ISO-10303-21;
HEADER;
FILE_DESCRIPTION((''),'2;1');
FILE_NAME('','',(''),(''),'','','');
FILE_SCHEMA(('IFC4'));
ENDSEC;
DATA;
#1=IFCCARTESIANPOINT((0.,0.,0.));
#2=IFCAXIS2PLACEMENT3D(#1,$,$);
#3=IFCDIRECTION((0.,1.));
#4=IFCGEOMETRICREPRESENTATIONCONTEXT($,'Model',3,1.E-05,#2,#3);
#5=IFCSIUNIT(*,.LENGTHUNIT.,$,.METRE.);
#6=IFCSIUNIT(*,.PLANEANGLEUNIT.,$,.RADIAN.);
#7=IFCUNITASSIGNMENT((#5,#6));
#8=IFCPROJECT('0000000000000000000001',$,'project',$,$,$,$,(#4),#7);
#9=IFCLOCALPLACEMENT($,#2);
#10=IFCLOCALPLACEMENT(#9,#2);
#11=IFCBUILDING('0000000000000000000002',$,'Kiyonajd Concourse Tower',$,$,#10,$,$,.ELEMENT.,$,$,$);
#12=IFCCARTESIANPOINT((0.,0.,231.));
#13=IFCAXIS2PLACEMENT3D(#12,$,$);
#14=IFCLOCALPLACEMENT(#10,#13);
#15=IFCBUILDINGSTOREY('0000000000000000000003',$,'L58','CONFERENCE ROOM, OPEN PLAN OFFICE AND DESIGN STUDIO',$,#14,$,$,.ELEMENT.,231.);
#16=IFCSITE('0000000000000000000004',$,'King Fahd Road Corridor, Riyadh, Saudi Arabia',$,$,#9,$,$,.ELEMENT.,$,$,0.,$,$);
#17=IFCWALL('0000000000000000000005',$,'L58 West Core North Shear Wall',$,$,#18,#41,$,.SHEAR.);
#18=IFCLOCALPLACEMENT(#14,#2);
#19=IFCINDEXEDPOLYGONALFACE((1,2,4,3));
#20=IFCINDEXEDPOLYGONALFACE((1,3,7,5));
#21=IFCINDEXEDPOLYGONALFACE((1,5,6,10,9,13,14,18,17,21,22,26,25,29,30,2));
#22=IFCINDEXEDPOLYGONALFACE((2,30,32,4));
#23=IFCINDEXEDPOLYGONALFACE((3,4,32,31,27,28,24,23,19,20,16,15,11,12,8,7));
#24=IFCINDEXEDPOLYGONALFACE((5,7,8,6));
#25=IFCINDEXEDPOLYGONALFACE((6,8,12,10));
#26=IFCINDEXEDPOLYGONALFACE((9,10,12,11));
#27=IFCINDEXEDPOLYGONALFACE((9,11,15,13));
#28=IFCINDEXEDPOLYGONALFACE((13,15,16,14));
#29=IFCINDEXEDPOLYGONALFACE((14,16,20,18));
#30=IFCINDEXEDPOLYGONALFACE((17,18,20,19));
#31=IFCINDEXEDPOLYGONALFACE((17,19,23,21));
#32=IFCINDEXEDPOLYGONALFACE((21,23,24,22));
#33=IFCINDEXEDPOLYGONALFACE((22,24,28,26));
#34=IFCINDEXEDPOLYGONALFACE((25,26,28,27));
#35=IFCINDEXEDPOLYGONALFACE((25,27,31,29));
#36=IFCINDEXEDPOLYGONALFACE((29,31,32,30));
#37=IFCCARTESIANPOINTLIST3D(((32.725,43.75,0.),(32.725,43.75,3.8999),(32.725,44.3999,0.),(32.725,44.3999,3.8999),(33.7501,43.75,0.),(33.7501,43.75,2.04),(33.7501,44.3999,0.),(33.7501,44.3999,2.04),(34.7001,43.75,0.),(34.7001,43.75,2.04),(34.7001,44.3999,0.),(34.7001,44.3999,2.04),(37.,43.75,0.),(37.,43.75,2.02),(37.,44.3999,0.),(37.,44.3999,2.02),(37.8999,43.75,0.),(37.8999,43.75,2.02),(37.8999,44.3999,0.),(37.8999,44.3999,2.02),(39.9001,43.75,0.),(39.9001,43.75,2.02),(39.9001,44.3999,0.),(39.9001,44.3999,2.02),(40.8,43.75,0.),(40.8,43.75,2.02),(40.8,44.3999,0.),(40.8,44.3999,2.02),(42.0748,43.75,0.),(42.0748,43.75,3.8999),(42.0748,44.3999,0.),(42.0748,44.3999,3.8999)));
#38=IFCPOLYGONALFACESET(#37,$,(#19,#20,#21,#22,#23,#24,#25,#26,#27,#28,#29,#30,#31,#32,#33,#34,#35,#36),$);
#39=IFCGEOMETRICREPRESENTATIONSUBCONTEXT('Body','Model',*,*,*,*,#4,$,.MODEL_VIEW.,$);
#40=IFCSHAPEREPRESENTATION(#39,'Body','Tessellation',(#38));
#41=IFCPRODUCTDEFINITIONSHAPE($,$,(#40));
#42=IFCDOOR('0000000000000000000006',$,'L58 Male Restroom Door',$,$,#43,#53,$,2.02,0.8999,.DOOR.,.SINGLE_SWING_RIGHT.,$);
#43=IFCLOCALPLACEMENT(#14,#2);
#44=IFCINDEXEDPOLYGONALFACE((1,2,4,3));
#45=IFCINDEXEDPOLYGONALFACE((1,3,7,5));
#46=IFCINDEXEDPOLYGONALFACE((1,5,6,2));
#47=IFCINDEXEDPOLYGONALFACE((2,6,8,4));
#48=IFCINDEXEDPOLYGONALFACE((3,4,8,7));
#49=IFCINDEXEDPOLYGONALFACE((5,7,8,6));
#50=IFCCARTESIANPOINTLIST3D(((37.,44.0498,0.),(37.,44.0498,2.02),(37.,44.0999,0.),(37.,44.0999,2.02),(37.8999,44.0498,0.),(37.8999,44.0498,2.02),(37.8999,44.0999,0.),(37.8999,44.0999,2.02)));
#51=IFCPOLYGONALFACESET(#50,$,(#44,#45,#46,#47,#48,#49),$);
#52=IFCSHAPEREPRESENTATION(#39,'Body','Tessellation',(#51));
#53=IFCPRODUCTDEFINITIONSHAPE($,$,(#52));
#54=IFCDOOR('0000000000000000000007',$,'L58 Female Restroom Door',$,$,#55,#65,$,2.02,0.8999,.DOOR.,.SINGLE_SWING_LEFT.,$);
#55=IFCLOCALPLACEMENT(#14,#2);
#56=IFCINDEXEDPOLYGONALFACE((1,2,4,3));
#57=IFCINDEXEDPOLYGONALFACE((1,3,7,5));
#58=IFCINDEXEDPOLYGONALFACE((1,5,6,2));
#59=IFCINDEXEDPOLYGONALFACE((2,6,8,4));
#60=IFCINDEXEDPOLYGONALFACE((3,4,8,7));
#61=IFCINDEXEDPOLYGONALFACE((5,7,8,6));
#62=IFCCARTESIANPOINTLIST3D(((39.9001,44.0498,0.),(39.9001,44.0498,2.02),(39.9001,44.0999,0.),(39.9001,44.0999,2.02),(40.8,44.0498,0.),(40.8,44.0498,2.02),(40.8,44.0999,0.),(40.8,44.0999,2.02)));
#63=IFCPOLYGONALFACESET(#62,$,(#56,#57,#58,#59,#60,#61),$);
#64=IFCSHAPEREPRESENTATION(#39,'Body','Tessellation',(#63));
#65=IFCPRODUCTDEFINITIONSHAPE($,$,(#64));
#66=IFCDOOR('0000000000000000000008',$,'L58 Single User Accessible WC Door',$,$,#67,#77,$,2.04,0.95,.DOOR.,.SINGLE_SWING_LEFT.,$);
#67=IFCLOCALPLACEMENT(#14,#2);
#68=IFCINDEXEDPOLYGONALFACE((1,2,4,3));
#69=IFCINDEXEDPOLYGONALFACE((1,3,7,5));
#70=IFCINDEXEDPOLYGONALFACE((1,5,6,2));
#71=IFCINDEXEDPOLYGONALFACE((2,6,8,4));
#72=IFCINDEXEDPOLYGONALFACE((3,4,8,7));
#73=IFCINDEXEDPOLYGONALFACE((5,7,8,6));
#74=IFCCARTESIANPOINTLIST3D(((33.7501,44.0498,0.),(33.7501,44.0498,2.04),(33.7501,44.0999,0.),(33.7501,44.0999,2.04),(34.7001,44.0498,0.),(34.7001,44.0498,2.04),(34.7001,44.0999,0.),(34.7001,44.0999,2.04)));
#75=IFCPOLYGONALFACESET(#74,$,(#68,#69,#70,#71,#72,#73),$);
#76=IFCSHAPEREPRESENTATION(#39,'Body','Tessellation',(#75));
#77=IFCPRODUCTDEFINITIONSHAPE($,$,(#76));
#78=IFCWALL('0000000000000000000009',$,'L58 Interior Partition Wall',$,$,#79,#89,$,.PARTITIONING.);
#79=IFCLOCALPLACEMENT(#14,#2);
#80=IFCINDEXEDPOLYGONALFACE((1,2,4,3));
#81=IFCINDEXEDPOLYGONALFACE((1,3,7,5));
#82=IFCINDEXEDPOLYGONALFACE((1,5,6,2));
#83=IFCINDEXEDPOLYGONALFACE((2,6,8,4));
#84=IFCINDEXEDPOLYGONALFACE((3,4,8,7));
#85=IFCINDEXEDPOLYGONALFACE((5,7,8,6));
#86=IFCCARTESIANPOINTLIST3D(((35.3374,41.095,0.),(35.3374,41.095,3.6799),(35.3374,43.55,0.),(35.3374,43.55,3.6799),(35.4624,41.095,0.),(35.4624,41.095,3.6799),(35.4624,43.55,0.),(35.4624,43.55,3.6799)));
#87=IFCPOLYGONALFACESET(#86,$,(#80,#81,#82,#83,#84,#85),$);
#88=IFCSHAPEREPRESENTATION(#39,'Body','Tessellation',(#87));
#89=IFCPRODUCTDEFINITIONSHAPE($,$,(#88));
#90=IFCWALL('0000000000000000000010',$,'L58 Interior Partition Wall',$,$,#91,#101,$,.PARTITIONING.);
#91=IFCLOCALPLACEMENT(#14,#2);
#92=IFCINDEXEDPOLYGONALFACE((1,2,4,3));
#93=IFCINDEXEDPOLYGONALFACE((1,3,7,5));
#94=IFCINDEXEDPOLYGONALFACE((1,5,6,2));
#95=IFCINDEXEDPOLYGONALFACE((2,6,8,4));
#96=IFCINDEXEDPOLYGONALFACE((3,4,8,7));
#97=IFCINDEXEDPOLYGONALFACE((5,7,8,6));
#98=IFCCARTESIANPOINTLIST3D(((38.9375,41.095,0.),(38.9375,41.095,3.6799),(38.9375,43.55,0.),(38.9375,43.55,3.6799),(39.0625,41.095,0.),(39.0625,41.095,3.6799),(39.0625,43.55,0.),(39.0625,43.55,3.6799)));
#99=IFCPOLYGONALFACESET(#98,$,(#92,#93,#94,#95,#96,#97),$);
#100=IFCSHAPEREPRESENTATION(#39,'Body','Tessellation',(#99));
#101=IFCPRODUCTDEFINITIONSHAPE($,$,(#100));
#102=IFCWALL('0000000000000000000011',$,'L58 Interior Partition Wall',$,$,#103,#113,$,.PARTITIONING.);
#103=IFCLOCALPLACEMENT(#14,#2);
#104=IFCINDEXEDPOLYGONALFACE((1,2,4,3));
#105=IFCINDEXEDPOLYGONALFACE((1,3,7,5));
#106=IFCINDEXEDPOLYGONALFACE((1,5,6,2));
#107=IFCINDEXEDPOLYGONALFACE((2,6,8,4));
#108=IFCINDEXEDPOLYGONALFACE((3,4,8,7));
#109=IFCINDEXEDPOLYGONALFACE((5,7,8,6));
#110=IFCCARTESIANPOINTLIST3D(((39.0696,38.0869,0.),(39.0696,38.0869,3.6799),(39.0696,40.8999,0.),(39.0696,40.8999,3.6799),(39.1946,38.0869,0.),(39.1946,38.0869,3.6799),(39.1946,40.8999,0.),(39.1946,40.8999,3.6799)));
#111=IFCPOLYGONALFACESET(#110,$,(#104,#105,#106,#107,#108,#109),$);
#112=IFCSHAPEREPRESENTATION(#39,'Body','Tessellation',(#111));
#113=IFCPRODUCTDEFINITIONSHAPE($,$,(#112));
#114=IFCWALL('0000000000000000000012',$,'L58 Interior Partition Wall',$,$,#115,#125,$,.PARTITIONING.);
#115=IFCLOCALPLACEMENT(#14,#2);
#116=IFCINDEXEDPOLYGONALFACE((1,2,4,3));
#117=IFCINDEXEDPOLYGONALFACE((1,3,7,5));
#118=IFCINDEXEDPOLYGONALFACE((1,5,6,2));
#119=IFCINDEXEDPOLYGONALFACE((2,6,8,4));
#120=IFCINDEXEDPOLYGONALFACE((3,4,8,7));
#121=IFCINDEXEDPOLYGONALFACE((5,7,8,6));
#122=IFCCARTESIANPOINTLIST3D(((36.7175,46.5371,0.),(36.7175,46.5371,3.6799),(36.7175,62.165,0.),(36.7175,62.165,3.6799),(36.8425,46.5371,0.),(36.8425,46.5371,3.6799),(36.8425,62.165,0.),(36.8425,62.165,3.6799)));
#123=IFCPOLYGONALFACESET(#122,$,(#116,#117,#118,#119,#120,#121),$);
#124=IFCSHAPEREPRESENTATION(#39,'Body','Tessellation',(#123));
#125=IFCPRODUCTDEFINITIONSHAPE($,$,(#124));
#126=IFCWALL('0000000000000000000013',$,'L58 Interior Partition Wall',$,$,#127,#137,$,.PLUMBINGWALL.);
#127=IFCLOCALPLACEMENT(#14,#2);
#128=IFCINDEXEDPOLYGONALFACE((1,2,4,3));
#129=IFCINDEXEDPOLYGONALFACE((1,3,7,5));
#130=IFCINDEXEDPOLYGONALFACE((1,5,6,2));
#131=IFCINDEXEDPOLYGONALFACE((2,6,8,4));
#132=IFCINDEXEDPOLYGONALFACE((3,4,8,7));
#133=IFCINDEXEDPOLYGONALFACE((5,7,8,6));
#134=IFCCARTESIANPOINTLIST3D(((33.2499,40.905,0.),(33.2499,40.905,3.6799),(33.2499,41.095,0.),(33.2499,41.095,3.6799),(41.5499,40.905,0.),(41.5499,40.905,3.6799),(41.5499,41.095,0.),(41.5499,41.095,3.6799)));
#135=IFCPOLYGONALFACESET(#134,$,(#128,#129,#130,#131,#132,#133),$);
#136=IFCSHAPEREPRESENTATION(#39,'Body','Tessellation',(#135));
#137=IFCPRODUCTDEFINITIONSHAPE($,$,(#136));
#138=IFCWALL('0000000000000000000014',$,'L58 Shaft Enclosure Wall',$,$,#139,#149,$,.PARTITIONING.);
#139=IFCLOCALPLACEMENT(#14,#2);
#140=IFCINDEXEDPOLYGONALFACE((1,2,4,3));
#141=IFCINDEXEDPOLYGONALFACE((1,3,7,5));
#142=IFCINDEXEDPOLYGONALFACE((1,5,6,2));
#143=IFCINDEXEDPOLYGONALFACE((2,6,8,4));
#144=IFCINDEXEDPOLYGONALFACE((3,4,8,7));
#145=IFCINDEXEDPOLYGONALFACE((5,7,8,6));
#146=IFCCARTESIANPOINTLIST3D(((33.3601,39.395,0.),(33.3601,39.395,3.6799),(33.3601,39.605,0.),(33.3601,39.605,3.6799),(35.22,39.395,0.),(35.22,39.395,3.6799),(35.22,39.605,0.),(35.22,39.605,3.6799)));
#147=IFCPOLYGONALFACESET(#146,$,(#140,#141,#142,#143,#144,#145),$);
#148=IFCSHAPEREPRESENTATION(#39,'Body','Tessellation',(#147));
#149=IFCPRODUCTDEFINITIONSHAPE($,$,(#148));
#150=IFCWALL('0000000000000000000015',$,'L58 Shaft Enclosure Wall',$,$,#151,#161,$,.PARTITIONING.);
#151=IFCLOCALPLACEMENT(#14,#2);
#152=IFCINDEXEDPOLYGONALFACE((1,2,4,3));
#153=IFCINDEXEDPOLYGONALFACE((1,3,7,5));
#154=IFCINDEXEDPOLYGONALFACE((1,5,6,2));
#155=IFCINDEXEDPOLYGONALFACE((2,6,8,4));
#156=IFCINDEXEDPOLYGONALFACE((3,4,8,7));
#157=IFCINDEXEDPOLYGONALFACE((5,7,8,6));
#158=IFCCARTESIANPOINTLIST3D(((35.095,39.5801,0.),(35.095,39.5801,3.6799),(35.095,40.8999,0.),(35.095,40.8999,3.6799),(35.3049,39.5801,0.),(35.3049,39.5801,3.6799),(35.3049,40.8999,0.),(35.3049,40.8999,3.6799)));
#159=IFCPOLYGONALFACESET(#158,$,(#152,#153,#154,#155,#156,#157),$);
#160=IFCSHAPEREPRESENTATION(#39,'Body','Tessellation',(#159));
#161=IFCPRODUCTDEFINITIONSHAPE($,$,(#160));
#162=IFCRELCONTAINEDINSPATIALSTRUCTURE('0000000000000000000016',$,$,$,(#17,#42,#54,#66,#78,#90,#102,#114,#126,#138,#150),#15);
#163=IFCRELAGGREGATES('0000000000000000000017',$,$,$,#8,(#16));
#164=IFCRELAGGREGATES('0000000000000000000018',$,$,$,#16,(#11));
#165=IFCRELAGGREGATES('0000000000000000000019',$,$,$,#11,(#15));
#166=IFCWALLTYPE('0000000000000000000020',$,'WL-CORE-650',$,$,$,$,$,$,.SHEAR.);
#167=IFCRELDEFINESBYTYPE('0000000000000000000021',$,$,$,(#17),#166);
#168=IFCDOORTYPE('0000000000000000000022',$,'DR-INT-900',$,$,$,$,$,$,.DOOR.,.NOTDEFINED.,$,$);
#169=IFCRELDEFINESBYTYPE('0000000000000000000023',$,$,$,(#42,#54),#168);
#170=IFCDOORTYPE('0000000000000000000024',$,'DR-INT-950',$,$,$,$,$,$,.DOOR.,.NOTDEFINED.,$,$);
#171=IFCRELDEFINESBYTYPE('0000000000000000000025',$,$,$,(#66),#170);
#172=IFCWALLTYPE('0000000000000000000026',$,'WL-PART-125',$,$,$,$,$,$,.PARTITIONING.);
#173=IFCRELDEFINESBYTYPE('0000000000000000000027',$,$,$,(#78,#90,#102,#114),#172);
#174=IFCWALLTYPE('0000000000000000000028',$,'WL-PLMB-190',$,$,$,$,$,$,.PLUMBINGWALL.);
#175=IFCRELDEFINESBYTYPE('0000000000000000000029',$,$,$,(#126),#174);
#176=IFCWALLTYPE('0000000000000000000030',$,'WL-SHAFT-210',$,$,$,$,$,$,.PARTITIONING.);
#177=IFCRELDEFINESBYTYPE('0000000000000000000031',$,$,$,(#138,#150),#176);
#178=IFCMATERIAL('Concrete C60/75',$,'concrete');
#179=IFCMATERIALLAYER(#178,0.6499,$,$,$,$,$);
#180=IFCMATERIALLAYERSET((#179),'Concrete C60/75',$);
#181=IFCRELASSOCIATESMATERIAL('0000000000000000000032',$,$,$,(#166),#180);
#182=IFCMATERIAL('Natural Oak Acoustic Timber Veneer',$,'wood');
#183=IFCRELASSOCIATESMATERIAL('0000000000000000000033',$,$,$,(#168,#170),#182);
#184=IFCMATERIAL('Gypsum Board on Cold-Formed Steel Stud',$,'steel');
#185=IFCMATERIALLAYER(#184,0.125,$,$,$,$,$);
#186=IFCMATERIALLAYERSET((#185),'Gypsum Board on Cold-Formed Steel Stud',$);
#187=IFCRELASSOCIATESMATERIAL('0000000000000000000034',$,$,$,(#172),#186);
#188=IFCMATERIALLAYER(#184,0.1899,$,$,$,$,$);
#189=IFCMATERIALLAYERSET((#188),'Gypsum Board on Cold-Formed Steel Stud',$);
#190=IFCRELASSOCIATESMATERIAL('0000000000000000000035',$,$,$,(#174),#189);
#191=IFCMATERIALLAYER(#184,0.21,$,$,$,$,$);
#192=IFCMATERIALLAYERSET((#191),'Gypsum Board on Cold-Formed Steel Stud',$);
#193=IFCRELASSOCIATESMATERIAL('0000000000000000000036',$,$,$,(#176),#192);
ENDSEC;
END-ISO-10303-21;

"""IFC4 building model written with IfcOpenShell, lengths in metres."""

from ifc_helpers import new_model, si_unit, direction, frame, frame_2d, origin, place, context, subcontext, project, spatial, rectangle, extrude, material, layer, layer_set, type_object, element, fill, save


model = new_model("IFC4")

# Units and contexts
model_context = context("Model", 3, precision=1e-05, world=origin(), true_north=direction((0.0, 1.0)))
body_context = subcontext(model_context, "Body", "Model", "MODEL_VIEW")
ifc_project = project(units=[si_unit("LENGTHUNIT", "METRE"), si_unit("PLANEANGLEUNIT", "RADIAN")], contexts=[model_context])

# Site, building, storey
site_placement = place(None, origin())
site = spatial("IfcSite", under=ifc_project, at=site_placement, Name="King Fahd Road Corridor, Riyadh, Saudi Arabia", CompositionType="ELEMENT", RefElevation=0.0)
building_placement = place(site_placement, origin())
building = spatial("IfcBuilding", under=site, at=building_placement, Name="Kiyonajd Concourse Tower", CompositionType="ELEMENT")
storey_placement = place(building_placement, frame((0.0, 0.0, 231.0)))
storey = spatial("IfcBuildingStorey", under=building, at=storey_placement, Name="L58", Description="CONFERENCE ROOM, OPEN PLAN OFFICE AND DESIGN STUDIO", CompositionType="ELEMENT", Elevation=231.0)

# Shared definitions
ifc_material_1 = material(Name="Concrete C60/75", Category="concrete")

# Shared definitions
ifc_layer_1 = layer(ifc_material_1, 0.6499)
ifc_layer_set_1 = layer_set([ifc_layer_1], Name="Concrete C60/75")
wall_type_1 = type_object("IfcWallType", Name="WL-CORE-650", PredefinedType="SHEAR", material=ifc_layer_set_1)

# Wall, openings, doors
wall_1_placement = place(storey_placement, frame((32.7251, 44.075, 0.0), z_axis=(0.0, 0.0, 1.0), x_axis=(1.0, 0.0, 0.0)))
wall_1 = element("IfcWall", 1, at=wall_1_placement, inside=storey, type_object=wall_type_1, Name="L58 West Core North Shear Wall", PredefinedType="SHEAR", context=body_context, shape_type="SweptSolid", body=[
    extrude(rectangle(XDim=9.3499, YDim=0.6499, at=frame_2d((4.6748, 0.0))), origin(), (0.0, 0.0, 1.0), 3.8999),
])
opening_1_placement = place(wall_1_placement, frame((1.0249, 0.0, 0.0)))
opening_1 = element("IfcOpeningElement", 2, at=opening_1_placement, cuts=wall_1, PredefinedType="OPENING", context=body_context, shape_type="SweptSolid", body=[
    extrude(rectangle(XDim=0.95, YDim=2.04, at=frame_2d((0.4751, 1.02))), frame((0.0, 0.335, 0.0), z_axis=(0.0, -1.0, 0.0), x_axis=(1.0, 0.0, 0.0)), (0.0, 0.0, 1.0), 0.6699),
])
opening_2_placement = place(wall_1_placement, frame((4.2749, 0.0, 0.0)))
opening_2 = element("IfcOpeningElement", 3, at=opening_2_placement, cuts=wall_1, PredefinedType="OPENING", context=body_context, shape_type="SweptSolid", body=[
    extrude(rectangle(XDim=0.8999, YDim=2.02, at=frame_2d((0.45, 1.01))), frame((0.0, 0.335, 0.0), z_axis=(0.0, -1.0, 0.0), x_axis=(1.0, 0.0, 0.0)), (0.0, 0.0, 1.0), 0.6699),
])
opening_3_placement = place(wall_1_placement, frame((7.175, 0.0, 0.0)))
opening_3 = element("IfcOpeningElement", 4, at=opening_3_placement, cuts=wall_1, PredefinedType="OPENING", context=body_context, shape_type="SweptSolid", body=[
    extrude(rectangle(XDim=0.8999, YDim=2.02, at=frame_2d((0.45, 1.01))), frame((0.0, 0.335, 0.0), z_axis=(0.0, -1.0, 0.0), x_axis=(1.0, 0.0, 0.0)), (0.0, 0.0, 1.0), 0.6699),
])
ifc_material_2 = material(Name="Natural Oak Acoustic Timber Veneer", Category="wood")
door_type_1 = type_object("IfcDoorType", Name="DR-INT-900", OperationType="NOTDEFINED", PredefinedType="DOOR", material=ifc_material_2)
door_1_placement = place(opening_2_placement, origin())
door_1 = element("IfcDoor", 5, at=door_1_placement, inside=storey, type_object=door_type_1, Name="L58 Male Restroom Door", OperationType="SINGLE_SWING_RIGHT", OverallHeight=2.02, OverallWidth=0.8999, PredefinedType="DOOR", context=body_context, shape_type="SweptSolid", body=[
    extrude(rectangle(XDim=0.8999, YDim=2.02, at=frame_2d((0.45, 1.01))), frame((0.0, 0.0249, 0.0), z_axis=(0.0, -1.0, 0.0), x_axis=(1.0, 0.0, 0.0)), (0.0, 0.0, 1.0), 0.05),
])
fill(opening_2, door_1)
door_2_placement = place(opening_3_placement, origin())
door_2 = element("IfcDoor", 6, at=door_2_placement, inside=storey, type_object=door_type_1, Name="L58 Female Restroom Door", OperationType="SINGLE_SWING_LEFT", OverallHeight=2.02, OverallWidth=0.8999, PredefinedType="DOOR", context=body_context, shape_type="SweptSolid", body=[
    extrude(rectangle(XDim=0.8999, YDim=2.02, at=frame_2d((0.45, 1.01))), frame((0.0, 0.0249, 0.0), z_axis=(0.0, -1.0, 0.0), x_axis=(1.0, 0.0, 0.0)), (0.0, 0.0, 1.0), 0.05),
])
fill(opening_3, door_2)
door_type_2 = type_object("IfcDoorType", Name="DR-INT-950", OperationType="NOTDEFINED", PredefinedType="DOOR", material=ifc_material_2)
door_3_placement = place(opening_1_placement, origin())
door_3 = element("IfcDoor", 7, at=door_3_placement, inside=storey, type_object=door_type_2, Name="L58 Single User Accessible WC Door", OperationType="SINGLE_SWING_LEFT", OverallHeight=2.04, OverallWidth=0.95, PredefinedType="DOOR", context=body_context, shape_type="SweptSolid", body=[
    extrude(rectangle(XDim=0.95, YDim=2.04, at=frame_2d((0.4751, 1.02))), frame((0.0, 0.0249, 0.0), z_axis=(0.0, -1.0, 0.0), x_axis=(1.0, 0.0, 0.0)), (0.0, 0.0, 1.0), 0.05),
])
fill(opening_1, door_3)

# Walls
ifc_material_3 = material(Name="Gypsum Board on Cold-Formed Steel Stud", Category="steel")
ifc_layer_2 = layer(ifc_material_3, 0.125)
ifc_layer_set_2 = layer_set([ifc_layer_2], Name="Gypsum Board on Cold-Formed Steel Stud")
wall_type_2 = type_object("IfcWallType", Name="WL-PART-125", PredefinedType="PARTITIONING", material=ifc_layer_set_2)
for number, where, z_axis, x_axis, name in (
    (8, (35.3999, 41.095, 0.0), (0.0, 0.0, 1.0), (0.0, 1.0, 0.0), "L58 Interior Partition Wall"),
    (9, (39.0, 41.095, 0.0), (0.0, 0.0, 1.0), (0.0, 1.0, 0.0), "L58 Interior Partition Wall"),
):
    element("IfcWall", number, at=place(storey_placement, frame(where, z_axis=z_axis, x_axis=x_axis)), inside=storey, type_object=wall_type_2, Name=name, PredefinedType="PARTITIONING", context=body_context, shape_type="SweptSolid", body=[
        extrude(rectangle(XDim=2.4551, YDim=0.125, at=frame_2d((1.2275, 0.0))), origin(), (0.0, 0.0, 1.0), 3.6799),
    ])
wall_2_placement = place(storey_placement, frame((39.1321, 38.0869, 0.0), z_axis=(0.0, 0.0, 1.0), x_axis=(0.0, 1.0, 0.0)))
element("IfcWall", 10, at=wall_2_placement, inside=storey, type_object=wall_type_2, Name="L58 Interior Partition Wall", PredefinedType="PARTITIONING", context=body_context, shape_type="SweptSolid", body=[
    extrude(rectangle(XDim=2.813, YDim=0.125, at=frame_2d((1.4065, 0.0))), origin(), (0.0, 0.0, 1.0), 3.6799),
])
wall_3_placement = place(storey_placement, frame((36.78, 46.5371, 0.0), z_axis=(0.0, 0.0, 1.0), x_axis=(0.0, 1.0, 0.0)))
element("IfcWall", 11, at=wall_3_placement, inside=storey, type_object=wall_type_2, Name="L58 Interior Partition Wall", PredefinedType="PARTITIONING", context=body_context, shape_type="SweptSolid", body=[
    extrude(rectangle(XDim=15.6279, YDim=0.125, at=frame_2d((7.814, 0.0))), origin(), (0.0, 0.0, 1.0), 3.6799),
])
ifc_layer_3 = layer(ifc_material_3, 0.1899)
ifc_layer_set_3 = layer_set([ifc_layer_3], Name="Gypsum Board on Cold-Formed Steel Stud")
wall_type_3 = type_object("IfcWallType", Name="WL-PLMB-190", PredefinedType="PLUMBINGWALL", material=ifc_layer_set_3)
wall_4_placement = place(storey_placement, frame((33.25, 41.0, 0.0), z_axis=(0.0, 0.0, 1.0), x_axis=(1.0, 0.0, 0.0)))
element("IfcWall", 12, at=wall_4_placement, inside=storey, type_object=wall_type_3, Name="L58 Interior Partition Wall", PredefinedType="PLUMBINGWALL", context=body_context, shape_type="SweptSolid", body=[
    extrude(rectangle(XDim=8.3, YDim=0.1899, at=frame_2d((4.1499, 0.0))), origin(), (0.0, 0.0, 1.0), 3.6799),
])
ifc_layer_4 = layer(ifc_material_3, 0.21)
ifc_layer_set_4 = layer_set([ifc_layer_4], Name="Gypsum Board on Cold-Formed Steel Stud")
wall_type_4 = type_object("IfcWallType", Name="WL-SHAFT-210", PredefinedType="PARTITIONING", material=ifc_layer_set_4)
wall_5_placement = place(storey_placement, frame((33.3601, 39.5, 0.0), z_axis=(0.0, 0.0, 1.0), x_axis=(1.0, 0.0, 0.0)))
element("IfcWall", 13, at=wall_5_placement, inside=storey, type_object=wall_type_4, Name="L58 Shaft Enclosure Wall", PredefinedType="PARTITIONING", context=body_context, shape_type="SweptSolid", body=[
    extrude(rectangle(XDim=1.8599, YDim=0.21, at=frame_2d((0.9299, 0.0))), origin(), (0.0, 0.0, 1.0), 3.6799),
])
wall_6_placement = place(storey_placement, frame((35.2, 39.5801, 0.0), z_axis=(0.0, 0.0, 1.0), x_axis=(0.0, 1.0, 0.0)))
element("IfcWall", 14, at=wall_6_placement, inside=storey, type_object=wall_type_4, Name="L58 Shaft Enclosure Wall", PredefinedType="PARTITIONING", context=body_context, shape_type="SweptSolid", body=[
    extrude(rectangle(XDim=1.3198, YDim=0.21, at=frame_2d((0.6599, 0.0))), origin(), (0.0, 0.0, 1.0), 3.6799),
])

save(model, "model.ifc")
